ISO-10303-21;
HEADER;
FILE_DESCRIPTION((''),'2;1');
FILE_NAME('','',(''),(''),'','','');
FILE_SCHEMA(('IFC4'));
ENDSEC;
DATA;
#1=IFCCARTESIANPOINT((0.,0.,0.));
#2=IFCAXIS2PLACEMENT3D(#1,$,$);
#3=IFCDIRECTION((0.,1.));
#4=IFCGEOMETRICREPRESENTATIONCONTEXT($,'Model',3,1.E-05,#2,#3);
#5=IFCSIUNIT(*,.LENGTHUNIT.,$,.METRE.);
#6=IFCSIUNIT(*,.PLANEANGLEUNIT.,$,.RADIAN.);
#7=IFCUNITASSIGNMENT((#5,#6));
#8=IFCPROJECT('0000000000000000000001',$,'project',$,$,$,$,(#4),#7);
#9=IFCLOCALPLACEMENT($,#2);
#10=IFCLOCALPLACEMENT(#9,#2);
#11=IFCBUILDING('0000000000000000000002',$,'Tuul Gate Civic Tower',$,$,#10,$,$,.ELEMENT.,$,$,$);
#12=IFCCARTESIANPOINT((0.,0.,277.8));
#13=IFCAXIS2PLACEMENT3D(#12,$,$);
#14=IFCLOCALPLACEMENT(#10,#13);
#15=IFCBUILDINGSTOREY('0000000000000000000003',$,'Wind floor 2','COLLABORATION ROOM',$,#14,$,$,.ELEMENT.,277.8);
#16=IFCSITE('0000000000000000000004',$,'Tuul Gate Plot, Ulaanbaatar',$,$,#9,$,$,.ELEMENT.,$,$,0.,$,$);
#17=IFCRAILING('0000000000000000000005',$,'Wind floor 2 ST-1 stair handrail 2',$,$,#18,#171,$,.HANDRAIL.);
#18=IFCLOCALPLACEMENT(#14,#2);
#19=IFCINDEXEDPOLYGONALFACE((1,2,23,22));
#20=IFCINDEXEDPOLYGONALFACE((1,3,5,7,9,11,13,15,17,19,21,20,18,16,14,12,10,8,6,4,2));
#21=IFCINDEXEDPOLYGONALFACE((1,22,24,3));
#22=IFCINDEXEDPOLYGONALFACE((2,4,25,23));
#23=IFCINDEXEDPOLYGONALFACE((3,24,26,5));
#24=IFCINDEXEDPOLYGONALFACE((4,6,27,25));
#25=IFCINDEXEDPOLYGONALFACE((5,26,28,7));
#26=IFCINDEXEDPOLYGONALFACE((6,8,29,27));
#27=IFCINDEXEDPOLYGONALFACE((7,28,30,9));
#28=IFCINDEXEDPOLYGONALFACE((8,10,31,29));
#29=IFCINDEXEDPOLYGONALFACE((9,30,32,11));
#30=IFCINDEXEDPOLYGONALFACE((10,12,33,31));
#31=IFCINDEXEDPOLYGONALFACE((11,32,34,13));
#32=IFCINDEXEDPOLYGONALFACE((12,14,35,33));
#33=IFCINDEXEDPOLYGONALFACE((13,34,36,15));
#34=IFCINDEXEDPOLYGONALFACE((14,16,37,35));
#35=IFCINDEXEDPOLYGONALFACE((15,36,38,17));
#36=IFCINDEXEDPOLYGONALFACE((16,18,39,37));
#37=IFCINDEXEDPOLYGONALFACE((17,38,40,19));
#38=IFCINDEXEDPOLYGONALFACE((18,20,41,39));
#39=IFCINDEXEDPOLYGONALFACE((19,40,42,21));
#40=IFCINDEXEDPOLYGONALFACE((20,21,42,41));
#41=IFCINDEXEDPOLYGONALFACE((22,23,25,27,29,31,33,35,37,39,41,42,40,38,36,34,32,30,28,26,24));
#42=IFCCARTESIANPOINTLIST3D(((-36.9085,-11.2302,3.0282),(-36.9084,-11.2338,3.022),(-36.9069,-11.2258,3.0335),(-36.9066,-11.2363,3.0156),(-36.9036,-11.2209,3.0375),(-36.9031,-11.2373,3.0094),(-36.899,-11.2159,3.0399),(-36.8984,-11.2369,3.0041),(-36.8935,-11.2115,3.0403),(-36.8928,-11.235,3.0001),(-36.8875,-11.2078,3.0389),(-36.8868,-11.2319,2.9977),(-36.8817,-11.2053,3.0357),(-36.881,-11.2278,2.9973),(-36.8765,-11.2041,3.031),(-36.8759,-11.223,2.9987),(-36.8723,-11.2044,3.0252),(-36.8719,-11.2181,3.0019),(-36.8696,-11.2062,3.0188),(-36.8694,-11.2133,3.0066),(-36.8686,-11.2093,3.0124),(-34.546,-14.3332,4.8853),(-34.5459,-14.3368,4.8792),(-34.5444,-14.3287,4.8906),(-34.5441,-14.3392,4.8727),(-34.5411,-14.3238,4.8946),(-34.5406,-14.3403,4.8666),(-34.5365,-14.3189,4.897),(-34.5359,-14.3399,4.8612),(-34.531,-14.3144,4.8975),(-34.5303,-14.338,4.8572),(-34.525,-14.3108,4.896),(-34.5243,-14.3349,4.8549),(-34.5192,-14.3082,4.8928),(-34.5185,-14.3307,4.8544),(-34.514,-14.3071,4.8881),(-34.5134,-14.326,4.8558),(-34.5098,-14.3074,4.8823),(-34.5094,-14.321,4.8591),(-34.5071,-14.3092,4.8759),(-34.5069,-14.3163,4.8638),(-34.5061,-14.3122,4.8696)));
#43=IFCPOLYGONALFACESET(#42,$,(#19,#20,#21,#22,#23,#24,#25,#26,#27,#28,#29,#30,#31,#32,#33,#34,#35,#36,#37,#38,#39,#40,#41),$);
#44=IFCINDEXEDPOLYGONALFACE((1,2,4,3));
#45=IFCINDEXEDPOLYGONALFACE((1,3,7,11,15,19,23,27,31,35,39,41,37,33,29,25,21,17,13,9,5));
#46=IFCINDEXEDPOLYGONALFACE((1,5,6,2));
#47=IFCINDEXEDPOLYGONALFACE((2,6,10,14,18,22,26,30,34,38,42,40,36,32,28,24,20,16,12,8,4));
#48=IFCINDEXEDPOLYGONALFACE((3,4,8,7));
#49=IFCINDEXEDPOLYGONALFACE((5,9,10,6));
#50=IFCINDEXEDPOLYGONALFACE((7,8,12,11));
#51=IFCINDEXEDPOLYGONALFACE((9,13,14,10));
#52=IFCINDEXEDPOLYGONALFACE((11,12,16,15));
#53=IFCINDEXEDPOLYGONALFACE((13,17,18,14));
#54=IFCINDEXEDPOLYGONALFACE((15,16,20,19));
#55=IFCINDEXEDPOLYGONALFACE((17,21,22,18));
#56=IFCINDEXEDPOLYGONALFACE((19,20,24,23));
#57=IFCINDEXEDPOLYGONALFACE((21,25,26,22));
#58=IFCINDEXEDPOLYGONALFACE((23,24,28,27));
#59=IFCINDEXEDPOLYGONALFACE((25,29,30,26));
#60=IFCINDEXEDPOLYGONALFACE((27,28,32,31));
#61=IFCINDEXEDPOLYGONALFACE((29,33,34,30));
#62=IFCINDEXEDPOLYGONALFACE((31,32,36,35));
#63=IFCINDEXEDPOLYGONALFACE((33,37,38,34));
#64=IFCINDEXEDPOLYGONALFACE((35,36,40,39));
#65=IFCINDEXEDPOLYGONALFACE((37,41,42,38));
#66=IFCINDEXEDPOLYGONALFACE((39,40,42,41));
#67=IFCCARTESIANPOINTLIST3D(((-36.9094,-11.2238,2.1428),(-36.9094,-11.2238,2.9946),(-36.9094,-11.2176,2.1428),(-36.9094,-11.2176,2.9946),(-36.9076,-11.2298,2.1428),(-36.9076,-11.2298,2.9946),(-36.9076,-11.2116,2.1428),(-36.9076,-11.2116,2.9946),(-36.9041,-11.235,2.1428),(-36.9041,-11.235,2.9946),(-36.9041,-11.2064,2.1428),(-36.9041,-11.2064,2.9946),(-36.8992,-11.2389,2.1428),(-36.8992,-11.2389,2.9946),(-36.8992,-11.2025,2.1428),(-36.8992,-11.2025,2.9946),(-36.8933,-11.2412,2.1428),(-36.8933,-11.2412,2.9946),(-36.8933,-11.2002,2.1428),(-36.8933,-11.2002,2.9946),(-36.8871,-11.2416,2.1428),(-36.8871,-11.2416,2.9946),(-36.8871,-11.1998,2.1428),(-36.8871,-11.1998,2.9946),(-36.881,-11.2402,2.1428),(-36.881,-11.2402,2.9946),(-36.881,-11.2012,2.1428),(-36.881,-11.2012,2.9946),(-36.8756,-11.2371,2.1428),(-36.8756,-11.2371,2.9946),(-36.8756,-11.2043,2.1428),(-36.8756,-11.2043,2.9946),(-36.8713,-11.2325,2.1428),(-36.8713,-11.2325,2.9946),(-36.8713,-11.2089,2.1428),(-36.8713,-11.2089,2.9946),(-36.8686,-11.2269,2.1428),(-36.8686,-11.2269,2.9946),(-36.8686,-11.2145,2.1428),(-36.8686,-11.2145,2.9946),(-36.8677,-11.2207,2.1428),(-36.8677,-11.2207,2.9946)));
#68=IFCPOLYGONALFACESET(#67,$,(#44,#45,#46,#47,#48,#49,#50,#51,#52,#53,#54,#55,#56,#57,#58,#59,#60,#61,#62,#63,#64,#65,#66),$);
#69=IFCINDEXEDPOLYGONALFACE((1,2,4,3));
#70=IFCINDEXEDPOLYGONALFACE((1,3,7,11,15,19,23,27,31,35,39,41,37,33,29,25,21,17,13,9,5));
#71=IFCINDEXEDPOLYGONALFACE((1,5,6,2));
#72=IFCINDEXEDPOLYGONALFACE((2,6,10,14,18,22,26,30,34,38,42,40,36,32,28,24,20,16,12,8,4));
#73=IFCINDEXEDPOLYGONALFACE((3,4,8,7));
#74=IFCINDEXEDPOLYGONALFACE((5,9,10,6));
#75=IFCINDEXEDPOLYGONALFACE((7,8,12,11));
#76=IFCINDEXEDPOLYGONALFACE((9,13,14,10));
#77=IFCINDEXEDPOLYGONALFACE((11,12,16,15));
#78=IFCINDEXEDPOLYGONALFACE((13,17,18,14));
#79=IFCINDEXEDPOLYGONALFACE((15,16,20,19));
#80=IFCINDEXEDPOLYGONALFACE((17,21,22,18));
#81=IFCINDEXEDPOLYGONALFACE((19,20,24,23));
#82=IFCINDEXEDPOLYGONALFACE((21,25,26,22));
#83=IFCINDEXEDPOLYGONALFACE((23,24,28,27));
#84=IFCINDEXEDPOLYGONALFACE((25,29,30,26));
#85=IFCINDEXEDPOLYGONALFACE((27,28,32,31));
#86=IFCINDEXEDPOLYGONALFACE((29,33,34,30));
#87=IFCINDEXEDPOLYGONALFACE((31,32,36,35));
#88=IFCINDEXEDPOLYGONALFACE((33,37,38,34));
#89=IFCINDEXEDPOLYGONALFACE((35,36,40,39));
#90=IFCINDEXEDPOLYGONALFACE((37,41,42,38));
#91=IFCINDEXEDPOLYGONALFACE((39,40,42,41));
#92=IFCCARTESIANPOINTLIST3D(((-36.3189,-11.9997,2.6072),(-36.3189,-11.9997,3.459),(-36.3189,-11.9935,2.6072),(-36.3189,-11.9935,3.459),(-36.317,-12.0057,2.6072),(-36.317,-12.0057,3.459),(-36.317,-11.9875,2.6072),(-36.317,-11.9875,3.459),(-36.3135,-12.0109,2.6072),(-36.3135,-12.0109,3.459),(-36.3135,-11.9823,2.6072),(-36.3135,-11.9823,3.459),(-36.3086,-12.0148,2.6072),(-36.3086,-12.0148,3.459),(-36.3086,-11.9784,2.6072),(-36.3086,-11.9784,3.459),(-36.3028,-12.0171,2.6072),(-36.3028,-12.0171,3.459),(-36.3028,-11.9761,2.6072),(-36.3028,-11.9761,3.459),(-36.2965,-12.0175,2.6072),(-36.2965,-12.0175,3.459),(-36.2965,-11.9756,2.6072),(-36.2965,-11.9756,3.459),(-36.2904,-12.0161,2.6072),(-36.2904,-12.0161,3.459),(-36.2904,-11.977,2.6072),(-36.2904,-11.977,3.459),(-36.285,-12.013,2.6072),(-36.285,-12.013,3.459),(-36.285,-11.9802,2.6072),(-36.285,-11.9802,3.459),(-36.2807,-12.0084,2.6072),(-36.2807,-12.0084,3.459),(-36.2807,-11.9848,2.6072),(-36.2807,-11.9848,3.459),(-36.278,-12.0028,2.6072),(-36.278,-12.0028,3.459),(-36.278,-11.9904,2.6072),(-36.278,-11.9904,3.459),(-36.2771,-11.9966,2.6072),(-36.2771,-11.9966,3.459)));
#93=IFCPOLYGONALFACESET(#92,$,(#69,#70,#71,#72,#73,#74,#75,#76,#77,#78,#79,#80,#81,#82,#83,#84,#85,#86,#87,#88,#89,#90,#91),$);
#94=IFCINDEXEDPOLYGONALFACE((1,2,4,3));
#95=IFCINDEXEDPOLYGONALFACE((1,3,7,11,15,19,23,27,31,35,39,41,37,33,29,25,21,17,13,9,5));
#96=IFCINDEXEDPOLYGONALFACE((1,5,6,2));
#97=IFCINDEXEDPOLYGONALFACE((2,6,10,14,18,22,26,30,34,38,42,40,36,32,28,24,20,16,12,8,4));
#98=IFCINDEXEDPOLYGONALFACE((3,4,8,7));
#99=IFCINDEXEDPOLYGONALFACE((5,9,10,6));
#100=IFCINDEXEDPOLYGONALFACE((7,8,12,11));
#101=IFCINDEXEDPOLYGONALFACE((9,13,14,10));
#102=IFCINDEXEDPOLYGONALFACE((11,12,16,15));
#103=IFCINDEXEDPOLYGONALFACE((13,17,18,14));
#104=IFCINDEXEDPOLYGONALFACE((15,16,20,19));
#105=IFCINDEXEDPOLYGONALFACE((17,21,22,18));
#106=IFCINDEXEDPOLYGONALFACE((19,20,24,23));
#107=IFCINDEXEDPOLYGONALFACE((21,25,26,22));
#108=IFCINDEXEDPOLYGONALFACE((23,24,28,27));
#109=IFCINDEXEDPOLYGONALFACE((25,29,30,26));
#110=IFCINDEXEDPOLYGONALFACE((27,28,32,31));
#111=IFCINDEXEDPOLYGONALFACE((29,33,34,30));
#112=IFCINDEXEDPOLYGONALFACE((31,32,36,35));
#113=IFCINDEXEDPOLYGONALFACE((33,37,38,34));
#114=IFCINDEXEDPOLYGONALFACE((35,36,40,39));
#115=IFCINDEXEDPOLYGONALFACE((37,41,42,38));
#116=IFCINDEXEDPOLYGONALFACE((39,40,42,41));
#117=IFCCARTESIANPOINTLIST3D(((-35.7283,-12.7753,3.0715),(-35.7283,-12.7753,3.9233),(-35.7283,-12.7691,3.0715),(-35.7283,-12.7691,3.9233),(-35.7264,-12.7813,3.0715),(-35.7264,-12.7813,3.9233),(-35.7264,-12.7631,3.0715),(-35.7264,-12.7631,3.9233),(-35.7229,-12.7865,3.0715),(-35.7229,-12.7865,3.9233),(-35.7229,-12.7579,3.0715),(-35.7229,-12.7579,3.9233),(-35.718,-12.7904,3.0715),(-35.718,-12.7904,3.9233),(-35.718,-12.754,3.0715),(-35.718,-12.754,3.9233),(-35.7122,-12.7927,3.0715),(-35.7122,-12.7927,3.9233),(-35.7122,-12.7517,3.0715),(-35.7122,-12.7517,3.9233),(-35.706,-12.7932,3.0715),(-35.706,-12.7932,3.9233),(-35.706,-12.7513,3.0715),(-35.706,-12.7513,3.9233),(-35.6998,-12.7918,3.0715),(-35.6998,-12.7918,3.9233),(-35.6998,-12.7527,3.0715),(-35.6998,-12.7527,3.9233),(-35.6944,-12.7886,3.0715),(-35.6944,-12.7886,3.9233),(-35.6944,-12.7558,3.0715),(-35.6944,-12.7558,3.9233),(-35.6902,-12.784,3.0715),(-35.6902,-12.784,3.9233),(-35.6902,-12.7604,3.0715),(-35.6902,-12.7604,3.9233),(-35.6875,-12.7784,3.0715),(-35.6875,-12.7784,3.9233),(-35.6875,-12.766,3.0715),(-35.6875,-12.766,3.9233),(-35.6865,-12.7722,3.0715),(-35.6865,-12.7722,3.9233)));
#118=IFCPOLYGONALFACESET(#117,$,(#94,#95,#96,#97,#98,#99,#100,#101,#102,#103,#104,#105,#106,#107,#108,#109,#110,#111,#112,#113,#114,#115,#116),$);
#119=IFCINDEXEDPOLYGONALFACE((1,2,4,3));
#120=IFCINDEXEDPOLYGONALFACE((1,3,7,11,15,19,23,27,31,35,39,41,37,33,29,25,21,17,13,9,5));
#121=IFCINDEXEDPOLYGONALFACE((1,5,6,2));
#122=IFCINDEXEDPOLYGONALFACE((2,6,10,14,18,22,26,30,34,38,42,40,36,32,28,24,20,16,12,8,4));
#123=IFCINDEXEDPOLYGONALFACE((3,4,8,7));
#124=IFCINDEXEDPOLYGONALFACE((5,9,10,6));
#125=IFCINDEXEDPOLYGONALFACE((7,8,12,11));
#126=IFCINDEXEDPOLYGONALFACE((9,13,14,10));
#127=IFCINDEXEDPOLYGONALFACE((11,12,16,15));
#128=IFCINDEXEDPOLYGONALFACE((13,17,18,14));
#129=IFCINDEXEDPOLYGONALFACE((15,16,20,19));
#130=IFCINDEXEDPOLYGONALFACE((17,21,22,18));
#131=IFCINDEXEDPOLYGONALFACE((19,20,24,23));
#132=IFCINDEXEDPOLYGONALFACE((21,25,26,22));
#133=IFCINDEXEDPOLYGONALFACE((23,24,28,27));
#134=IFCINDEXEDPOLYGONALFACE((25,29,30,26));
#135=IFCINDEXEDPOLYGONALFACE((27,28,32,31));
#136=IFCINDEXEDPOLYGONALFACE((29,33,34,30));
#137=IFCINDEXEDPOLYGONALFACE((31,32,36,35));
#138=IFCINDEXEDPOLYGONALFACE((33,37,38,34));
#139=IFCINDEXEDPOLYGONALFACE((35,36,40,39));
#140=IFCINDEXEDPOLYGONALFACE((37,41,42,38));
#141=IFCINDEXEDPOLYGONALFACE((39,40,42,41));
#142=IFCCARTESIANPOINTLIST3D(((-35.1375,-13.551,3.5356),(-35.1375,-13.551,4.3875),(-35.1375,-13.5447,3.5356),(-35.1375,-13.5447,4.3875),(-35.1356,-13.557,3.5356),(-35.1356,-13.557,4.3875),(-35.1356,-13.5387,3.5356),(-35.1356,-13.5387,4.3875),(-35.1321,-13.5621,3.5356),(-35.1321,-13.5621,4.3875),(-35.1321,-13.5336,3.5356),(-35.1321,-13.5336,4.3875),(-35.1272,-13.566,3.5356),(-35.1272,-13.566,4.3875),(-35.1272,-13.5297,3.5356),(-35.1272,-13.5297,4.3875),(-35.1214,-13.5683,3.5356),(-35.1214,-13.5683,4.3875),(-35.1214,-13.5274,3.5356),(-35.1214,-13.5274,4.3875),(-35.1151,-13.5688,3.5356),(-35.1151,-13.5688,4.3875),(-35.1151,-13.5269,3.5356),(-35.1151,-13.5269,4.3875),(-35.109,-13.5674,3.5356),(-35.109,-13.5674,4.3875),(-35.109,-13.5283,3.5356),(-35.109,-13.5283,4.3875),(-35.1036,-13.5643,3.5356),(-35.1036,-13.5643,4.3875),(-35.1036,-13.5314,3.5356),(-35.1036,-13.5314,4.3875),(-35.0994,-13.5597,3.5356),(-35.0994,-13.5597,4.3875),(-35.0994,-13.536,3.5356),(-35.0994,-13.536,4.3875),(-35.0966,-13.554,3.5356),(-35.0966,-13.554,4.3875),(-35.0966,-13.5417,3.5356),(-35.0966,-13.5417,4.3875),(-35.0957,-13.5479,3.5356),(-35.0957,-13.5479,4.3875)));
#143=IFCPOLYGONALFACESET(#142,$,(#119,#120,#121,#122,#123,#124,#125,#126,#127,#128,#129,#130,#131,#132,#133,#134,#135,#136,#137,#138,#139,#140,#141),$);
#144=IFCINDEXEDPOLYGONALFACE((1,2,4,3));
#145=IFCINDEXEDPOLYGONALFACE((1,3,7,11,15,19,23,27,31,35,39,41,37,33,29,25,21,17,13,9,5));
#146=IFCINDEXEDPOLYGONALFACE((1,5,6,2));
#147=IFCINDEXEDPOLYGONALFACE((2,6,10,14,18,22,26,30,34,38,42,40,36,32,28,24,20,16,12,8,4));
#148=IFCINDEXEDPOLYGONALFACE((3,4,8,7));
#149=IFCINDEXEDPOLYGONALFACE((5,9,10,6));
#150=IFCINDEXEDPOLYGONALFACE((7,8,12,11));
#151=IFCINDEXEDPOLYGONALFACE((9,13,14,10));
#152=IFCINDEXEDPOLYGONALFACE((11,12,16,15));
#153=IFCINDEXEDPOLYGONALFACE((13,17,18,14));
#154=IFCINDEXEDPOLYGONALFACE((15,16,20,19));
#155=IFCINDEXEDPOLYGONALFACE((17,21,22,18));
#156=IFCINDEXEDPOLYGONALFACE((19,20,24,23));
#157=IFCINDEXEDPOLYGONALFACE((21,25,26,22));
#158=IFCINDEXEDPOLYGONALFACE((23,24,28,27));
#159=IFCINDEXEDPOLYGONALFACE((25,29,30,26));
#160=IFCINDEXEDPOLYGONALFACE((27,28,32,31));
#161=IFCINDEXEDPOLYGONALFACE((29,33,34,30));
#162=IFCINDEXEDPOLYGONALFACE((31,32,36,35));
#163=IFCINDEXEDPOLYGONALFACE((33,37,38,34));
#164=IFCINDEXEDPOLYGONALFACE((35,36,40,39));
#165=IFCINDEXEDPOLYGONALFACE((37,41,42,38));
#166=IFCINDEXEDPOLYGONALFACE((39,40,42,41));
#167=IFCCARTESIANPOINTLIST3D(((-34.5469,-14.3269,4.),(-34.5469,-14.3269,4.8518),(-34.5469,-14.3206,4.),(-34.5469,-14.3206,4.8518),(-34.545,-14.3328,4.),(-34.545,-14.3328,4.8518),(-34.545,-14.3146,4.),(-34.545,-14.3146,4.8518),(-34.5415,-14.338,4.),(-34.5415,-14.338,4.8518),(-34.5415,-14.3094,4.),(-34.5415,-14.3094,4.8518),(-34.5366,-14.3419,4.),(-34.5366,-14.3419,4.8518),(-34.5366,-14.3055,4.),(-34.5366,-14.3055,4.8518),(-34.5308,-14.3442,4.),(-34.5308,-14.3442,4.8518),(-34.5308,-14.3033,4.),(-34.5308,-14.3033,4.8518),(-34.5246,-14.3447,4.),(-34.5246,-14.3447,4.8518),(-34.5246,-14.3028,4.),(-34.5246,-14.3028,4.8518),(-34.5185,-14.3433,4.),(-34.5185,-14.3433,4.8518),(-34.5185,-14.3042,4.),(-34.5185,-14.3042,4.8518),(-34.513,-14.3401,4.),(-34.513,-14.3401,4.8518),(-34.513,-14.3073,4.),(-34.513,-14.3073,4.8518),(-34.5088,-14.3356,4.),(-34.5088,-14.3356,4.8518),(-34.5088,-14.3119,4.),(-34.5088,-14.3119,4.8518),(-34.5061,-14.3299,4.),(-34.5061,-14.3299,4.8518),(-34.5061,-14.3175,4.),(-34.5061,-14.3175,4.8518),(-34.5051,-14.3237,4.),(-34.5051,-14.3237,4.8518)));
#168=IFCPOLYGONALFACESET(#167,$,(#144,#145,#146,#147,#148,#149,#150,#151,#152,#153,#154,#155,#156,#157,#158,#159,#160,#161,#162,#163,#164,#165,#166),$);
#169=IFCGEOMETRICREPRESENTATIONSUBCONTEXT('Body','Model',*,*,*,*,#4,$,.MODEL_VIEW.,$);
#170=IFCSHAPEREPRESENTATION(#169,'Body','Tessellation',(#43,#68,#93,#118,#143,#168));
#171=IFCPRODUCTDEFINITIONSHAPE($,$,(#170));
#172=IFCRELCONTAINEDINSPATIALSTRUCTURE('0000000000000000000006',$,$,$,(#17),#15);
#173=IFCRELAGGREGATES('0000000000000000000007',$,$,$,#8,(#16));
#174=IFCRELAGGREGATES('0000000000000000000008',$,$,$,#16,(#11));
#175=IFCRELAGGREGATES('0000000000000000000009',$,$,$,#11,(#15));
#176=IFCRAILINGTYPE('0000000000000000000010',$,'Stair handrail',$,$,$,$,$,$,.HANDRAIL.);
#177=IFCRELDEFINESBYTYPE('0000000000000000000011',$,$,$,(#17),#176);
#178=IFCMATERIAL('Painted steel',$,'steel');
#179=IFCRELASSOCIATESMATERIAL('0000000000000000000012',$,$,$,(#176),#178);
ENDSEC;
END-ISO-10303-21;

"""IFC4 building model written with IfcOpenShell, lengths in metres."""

from ifc_helpers import new_model, si_unit, direction, frame, origin, origin_2d, place, context, subcontext, project, spatial, circle, extrude, material, type_object, element, save


model = new_model("IFC4")

# Units and contexts
model_context = context("Model", 3, precision=1e-05, world=origin(), true_north=direction((0.0, 1.0)))
body_context = subcontext(model_context, "Body", "Model", "MODEL_VIEW")
ifc_project = project(units=[si_unit("LENGTHUNIT", "METRE"), si_unit("PLANEANGLEUNIT", "RADIAN")], contexts=[model_context])

# Site, building, storey
site_placement = place(None, origin())
site = spatial("IfcSite", under=ifc_project, at=site_placement, Name="Tuul Gate Plot, Ulaanbaatar", CompositionType="ELEMENT", RefElevation=0.0)
building_placement = place(site_placement, origin())
building = spatial("IfcBuilding", under=site, at=building_placement, Name="Tuul Gate Civic Tower", CompositionType="ELEMENT")
storey_placement = place(building_placement, frame((0.0, 0.0, 277.8)))
storey = spatial("IfcBuildingStorey", under=building, at=storey_placement, Name="Wind floor 2", Description="COLLABORATION ROOM", CompositionType="ELEMENT", Elevation=277.8)

# Railing
ifc_material_1 = material(Name="Painted steel", Category="steel")
railing_type = type_object("IfcRailingType", Name="Stair handrail", PredefinedType="HANDRAIL", material=ifc_material_1)
for number, where, name in (
    (1, (-36.8887, -11.2207, 2.1428), "Wind floor 2 ST-1 stair handrail 2"),
):
    element("IfcRailing", number, at=place(storey_placement, frame(where)), inside=storey, type_object=railing_type, Name=name, PredefinedType="HANDRAIL", context=body_context, shape_type="SweptSolid", body=[
        extrude(circle(Radius=0.0239, at=origin_2d()), frame((0.0, 0.0, 0.876), z_axis=(0.546928, -0.718349, 0.429935), x_axis=(0.795637, 0.605773, 0.0)), (0.0, 0.0, 1.0), 4.3196),
        extrude(circle(Radius=0.021, at=origin_2d()), origin(), (0.0, 0.0, 1.0), 0.8518),
        extrude(circle(Radius=0.021, at=origin_2d()), frame((0.5906, -0.7759, 0.4644)), (0.0, 0.0, 1.0), 0.8518),
        extrude(circle(Radius=0.021, at=origin_2d()), frame((1.1812, -1.5515, 0.9287)), (0.0, 0.0, 1.0), 0.8518),
        extrude(circle(Radius=0.021, at=origin_2d()), frame((1.772, -2.3271, 1.3928)), (0.0, 0.0, 1.0), 0.8518),
        extrude(circle(Radius=0.021, at=origin_2d()), frame((2.3625, -3.103, 1.8572)), (0.0, 0.0, 1.0), 0.8518),
    ])

save(model, "model.ifc")
